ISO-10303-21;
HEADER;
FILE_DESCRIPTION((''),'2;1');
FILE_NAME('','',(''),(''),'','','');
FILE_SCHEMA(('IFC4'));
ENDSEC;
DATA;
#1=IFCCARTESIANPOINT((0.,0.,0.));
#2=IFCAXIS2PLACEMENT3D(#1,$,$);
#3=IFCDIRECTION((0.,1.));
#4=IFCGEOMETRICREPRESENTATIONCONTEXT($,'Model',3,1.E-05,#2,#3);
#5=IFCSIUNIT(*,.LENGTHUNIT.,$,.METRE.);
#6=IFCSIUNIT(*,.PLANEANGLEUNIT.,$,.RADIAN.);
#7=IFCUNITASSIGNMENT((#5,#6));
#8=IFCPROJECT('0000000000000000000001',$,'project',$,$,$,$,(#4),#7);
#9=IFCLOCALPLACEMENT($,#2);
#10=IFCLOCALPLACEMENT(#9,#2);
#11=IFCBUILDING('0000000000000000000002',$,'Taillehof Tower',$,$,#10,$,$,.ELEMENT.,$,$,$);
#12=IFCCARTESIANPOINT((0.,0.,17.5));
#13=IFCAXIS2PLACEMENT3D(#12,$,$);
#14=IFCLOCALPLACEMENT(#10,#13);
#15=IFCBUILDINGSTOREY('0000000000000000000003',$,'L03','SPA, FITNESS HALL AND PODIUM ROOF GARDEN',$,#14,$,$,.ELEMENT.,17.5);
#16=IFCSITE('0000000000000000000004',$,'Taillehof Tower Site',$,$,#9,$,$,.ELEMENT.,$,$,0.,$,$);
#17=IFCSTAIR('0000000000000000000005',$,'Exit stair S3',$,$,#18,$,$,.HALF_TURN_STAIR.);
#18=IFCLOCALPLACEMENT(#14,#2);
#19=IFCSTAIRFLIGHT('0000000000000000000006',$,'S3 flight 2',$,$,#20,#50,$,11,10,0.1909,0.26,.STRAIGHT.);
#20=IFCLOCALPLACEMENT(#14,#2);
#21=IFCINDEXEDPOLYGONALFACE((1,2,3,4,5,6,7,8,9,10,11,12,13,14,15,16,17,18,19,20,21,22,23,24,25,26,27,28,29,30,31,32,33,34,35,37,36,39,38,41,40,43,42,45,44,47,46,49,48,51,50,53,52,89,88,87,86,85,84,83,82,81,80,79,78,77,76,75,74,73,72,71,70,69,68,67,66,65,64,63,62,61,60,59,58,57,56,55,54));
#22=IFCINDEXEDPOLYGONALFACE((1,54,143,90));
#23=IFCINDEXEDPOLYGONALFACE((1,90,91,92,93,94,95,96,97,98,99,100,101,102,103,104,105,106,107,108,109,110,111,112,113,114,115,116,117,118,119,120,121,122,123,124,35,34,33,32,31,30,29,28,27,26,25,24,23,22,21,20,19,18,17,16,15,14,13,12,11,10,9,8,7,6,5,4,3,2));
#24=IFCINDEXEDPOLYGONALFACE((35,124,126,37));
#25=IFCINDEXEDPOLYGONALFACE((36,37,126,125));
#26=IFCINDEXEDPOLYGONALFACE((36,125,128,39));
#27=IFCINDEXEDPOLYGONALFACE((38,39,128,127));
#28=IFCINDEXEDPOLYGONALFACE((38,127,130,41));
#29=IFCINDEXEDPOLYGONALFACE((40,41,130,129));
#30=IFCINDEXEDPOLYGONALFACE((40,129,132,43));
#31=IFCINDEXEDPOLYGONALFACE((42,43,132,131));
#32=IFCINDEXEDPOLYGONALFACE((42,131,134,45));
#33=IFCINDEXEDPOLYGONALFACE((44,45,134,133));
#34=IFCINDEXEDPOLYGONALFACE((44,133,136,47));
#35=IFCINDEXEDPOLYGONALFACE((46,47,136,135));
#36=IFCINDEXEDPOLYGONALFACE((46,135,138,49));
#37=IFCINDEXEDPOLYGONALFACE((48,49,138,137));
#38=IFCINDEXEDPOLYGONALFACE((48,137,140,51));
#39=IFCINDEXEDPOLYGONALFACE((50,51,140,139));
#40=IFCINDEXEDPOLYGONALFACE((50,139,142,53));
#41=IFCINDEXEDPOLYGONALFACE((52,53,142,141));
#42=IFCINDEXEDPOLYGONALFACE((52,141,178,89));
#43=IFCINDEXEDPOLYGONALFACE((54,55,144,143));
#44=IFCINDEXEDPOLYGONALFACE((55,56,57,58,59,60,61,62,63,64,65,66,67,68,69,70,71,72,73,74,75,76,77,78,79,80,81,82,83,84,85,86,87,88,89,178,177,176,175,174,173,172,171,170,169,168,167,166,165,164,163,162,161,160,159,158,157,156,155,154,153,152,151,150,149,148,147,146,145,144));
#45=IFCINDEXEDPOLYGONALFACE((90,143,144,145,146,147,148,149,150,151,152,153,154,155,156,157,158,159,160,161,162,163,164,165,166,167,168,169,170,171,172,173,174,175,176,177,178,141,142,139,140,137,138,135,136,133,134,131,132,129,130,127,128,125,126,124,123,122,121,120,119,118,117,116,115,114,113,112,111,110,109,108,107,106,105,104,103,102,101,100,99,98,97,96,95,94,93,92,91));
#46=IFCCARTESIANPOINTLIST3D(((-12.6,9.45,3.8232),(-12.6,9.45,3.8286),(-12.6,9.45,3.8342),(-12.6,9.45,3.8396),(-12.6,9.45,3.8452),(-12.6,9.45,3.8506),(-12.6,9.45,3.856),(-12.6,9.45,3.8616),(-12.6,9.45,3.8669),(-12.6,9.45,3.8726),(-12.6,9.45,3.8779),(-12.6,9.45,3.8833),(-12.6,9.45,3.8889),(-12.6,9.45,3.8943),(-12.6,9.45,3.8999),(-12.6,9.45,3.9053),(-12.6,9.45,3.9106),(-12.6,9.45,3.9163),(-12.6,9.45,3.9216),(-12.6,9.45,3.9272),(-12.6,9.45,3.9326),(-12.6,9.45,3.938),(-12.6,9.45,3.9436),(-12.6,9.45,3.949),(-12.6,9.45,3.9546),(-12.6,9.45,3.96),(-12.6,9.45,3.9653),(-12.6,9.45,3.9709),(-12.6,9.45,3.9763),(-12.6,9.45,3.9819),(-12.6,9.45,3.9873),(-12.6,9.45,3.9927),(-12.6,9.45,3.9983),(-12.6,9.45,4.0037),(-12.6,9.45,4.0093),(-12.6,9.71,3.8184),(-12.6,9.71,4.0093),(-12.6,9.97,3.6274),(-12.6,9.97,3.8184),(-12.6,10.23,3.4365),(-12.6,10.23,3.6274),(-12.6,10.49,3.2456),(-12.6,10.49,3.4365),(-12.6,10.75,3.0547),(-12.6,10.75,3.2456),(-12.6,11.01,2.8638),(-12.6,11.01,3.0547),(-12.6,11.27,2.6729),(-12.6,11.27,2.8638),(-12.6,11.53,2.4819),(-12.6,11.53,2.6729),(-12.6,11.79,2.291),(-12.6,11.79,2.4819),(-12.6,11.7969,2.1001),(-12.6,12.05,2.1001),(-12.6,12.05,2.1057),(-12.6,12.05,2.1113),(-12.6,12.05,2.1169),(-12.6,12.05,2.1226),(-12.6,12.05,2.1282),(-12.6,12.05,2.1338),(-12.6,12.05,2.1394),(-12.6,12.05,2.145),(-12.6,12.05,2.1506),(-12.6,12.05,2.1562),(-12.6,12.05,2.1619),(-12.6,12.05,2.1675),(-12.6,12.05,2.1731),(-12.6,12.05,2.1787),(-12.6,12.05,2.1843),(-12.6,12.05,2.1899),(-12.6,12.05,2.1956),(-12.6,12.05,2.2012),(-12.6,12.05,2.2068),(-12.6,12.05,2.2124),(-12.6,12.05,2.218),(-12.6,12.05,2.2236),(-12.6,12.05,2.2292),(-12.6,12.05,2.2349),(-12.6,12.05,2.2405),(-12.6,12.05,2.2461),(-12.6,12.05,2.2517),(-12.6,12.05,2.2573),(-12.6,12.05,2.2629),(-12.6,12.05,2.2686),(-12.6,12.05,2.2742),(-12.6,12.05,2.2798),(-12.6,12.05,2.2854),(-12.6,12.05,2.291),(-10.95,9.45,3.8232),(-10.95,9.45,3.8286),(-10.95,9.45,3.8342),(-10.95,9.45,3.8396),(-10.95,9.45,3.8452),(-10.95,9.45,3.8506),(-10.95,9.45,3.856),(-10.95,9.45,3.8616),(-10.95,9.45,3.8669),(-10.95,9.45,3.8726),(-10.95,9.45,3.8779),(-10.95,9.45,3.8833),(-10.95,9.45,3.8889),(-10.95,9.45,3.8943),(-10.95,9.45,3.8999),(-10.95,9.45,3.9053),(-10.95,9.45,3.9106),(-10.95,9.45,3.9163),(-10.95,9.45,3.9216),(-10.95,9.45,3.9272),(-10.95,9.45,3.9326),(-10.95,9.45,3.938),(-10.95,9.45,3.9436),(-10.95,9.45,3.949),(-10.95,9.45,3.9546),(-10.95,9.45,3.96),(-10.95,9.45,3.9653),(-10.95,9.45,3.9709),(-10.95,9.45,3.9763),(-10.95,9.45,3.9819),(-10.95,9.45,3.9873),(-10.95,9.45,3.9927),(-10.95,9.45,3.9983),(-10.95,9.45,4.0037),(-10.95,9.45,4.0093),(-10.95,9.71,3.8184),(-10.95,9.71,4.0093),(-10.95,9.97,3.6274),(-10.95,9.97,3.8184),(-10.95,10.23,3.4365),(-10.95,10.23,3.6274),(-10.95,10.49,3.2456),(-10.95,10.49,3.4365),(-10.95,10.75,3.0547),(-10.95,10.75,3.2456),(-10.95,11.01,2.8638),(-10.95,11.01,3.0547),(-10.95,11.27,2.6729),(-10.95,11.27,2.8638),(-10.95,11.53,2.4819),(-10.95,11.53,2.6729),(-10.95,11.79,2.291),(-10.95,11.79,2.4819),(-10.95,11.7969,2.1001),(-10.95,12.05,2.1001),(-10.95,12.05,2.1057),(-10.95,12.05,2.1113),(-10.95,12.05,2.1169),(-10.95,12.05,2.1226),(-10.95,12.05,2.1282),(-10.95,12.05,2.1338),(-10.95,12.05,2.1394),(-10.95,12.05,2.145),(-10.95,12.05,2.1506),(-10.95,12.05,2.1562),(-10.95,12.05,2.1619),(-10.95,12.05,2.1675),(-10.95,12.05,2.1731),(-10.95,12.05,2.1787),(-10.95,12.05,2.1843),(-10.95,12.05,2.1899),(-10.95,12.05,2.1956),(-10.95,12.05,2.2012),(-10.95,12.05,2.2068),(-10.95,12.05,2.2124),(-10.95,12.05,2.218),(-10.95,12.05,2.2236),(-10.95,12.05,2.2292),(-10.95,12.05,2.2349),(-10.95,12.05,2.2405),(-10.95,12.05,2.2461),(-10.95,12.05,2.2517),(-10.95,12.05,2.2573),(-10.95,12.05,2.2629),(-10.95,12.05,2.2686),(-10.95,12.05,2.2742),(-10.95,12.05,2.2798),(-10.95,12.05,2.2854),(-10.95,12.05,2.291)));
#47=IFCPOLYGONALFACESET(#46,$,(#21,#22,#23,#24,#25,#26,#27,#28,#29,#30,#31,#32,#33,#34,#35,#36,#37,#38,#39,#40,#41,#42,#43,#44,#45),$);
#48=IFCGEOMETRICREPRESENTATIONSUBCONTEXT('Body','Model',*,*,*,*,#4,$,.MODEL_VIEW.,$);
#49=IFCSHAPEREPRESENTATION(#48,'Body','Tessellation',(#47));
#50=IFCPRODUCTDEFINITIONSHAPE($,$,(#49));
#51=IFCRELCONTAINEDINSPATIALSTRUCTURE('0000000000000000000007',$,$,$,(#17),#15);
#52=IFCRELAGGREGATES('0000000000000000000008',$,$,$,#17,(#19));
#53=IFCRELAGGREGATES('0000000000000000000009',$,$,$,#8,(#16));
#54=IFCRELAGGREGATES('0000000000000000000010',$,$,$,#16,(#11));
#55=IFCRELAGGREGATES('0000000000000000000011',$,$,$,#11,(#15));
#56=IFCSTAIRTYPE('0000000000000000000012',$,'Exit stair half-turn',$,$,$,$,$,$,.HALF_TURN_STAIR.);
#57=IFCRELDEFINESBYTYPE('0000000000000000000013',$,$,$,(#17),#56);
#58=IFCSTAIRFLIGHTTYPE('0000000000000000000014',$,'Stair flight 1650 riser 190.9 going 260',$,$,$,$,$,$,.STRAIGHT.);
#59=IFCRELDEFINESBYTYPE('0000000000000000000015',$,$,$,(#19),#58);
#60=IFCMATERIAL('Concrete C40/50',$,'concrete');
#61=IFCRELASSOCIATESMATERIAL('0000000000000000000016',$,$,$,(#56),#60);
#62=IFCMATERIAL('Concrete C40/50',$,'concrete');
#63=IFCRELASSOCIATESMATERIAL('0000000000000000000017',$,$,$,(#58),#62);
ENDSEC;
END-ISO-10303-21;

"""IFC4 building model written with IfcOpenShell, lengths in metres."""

from ifc_helpers import new_model, si_unit, direction, frame, origin, place, context, subcontext, project, spatial, polyline, outline, extrude, material, type_object, element, aggregate, save


model = new_model("IFC4")

# Units and contexts
model_context = context("Model", 3, precision=1e-05, world=origin(), true_north=direction((0.0, 1.0)))
body_context = subcontext(model_context, "Body", "Model", "MODEL_VIEW")
ifc_project = project(units=[si_unit("LENGTHUNIT", "METRE"), si_unit("PLANEANGLEUNIT", "RADIAN")], contexts=[model_context])

# Site, building, storey
site_placement = place(None, origin())
site = spatial("IfcSite", under=ifc_project, at=site_placement, Name="Taillehof Tower Site", CompositionType="ELEMENT", RefElevation=0.0)
building_placement = place(site_placement, origin())
building = spatial("IfcBuilding", under=site, at=building_placement, Name="Taillehof Tower", CompositionType="ELEMENT")
storey_placement = place(building_placement, frame((0.0, 0.0, 17.5)))
storey = spatial("IfcBuildingStorey", under=building, at=storey_placement, Name="L03", Description="SPA, FITNESS HALL AND PODIUM ROOF GARDEN", CompositionType="ELEMENT", Elevation=17.5)

# Shared definitions
ifc_material_1 = material(Name="Concrete C40/50", Category="concrete")
stair_type = type_object("IfcStairType", Name="Exit stair half-turn", PredefinedType="HALF_TURN_STAIR", material=ifc_material_1)

# Stair, stair flight
stair_1_placement = place(storey_placement, origin())
stair_1 = element("IfcStair", 1, at=stair_1_placement, inside=storey, type_object=stair_type, Name="Exit stair S3", PredefinedType="HALF_TURN_STAIR")
ifc_material_2 = material(Name="Concrete C40/50", Category="concrete")
stair_flight_type = type_object("IfcStairFlightType", Name="Stair flight 1650 riser 190.9 going 260", PredefinedType="STRAIGHT", material=ifc_material_2)
stair_flight_1_placement = place(storey_placement, frame((-11.7749, 12.05, 2.1001), z_axis=(0.0, 0.0, 1.0), x_axis=(0.0, -1.0, 0.0)))
stair_flight_1 = element("IfcStairFlight", 2, at=stair_flight_1_placement, type_object=stair_flight_type, Name="S3 flight 2", NumberOfRisers=11, NumberOfTreads=10, PredefinedType="STRAIGHT", RiserHeight=0.1909, TreadLength=0.26, context=body_context, shape_type="SweptSolid", body=[
    extrude(outline(polyline([(0.0, 0.0), (0.0, 0.0056), (0.0, 0.0112), (0.0, 0.0168), (0.0, 0.0225), (0.0, 0.0281), (0.0, 0.0337), (0.0, 0.0393), (0.0, 0.0449), (0.0, 0.0505), (0.0, 0.0562), (0.0, 0.0618), (0.0, 0.0674), (0.0, 0.073), (0.0, 0.0786), (0.0, 0.0842), (0.0, 0.0898), (0.0, 0.0955), (0.0, 0.1011), (0.0, 0.1067), (0.0, 0.1123), (0.0, 0.1179), (0.0, 0.1235), (0.0, 0.1292), (0.0, 0.1348), (0.0, 0.1404), (0.0, 0.146), (0.0, 0.1516), (0.0, 0.1572), (0.0, 0.1628), (0.0, 0.1685), (0.0, 0.1741), (0.0, 0.1797), (0.0, 0.1853), (0.0, 0.1909), (0.26, 0.1909), (0.26, 0.3818), (0.52, 0.3818), (0.52, 0.5728), (0.78, 0.5728), (0.78, 0.7637), (1.04, 0.7637), (1.04, 0.9546), (1.3, 0.9546), (1.3, 1.1455), (1.5601, 1.1455), (1.5601, 1.3364), (1.8201, 1.3364), (1.8201, 1.5273), (2.0801, 1.5273), (2.0801, 1.7183), (2.3401, 1.7183), (2.3401, 1.9092), (2.6001, 1.9092), (2.6001, 1.9036), (2.6001, 1.8982), (2.6001, 1.8926), (2.6001, 1.8872), (2.6001, 1.8818), (2.6001, 1.8762), (2.6001, 1.8708), (2.6001, 1.8652), (2.6001, 1.8599), (2.6001, 1.8545), (2.6001, 1.8489), (2.6001, 1.8435), (2.6001, 1.8379), (2.6001, 1.8325), (2.6001, 1.8271), (2.6001, 1.8215), (2.6001, 1.8162), (2.6001, 1.8105), (2.6001, 1.8052), (2.6001, 1.7998), (2.6001, 1.7942), (2.6001, 1.7888), (2.6001, 1.7832), (2.6001, 1.7778), (2.6001, 1.7725), (2.6001, 1.7668), (2.6001, 1.7615), (2.6001, 1.7559), (2.6001, 1.7505), (2.6001, 1.7451), (2.6001, 1.7395), (2.6001, 1.7341), (2.6001, 1.7285), (2.6001, 1.7231), (0.2532, 0.0), (0.0, 0.0)])), frame((0.0, 0.825, 0.0), z_axis=(0.0, -1.0, 0.0), x_axis=(1.0, 0.0, 0.0)), (0.0, 0.0, 1.0), 1.65),
])
aggregate(stair_1, [stair_flight_1])

save(model, "model.ifc")
